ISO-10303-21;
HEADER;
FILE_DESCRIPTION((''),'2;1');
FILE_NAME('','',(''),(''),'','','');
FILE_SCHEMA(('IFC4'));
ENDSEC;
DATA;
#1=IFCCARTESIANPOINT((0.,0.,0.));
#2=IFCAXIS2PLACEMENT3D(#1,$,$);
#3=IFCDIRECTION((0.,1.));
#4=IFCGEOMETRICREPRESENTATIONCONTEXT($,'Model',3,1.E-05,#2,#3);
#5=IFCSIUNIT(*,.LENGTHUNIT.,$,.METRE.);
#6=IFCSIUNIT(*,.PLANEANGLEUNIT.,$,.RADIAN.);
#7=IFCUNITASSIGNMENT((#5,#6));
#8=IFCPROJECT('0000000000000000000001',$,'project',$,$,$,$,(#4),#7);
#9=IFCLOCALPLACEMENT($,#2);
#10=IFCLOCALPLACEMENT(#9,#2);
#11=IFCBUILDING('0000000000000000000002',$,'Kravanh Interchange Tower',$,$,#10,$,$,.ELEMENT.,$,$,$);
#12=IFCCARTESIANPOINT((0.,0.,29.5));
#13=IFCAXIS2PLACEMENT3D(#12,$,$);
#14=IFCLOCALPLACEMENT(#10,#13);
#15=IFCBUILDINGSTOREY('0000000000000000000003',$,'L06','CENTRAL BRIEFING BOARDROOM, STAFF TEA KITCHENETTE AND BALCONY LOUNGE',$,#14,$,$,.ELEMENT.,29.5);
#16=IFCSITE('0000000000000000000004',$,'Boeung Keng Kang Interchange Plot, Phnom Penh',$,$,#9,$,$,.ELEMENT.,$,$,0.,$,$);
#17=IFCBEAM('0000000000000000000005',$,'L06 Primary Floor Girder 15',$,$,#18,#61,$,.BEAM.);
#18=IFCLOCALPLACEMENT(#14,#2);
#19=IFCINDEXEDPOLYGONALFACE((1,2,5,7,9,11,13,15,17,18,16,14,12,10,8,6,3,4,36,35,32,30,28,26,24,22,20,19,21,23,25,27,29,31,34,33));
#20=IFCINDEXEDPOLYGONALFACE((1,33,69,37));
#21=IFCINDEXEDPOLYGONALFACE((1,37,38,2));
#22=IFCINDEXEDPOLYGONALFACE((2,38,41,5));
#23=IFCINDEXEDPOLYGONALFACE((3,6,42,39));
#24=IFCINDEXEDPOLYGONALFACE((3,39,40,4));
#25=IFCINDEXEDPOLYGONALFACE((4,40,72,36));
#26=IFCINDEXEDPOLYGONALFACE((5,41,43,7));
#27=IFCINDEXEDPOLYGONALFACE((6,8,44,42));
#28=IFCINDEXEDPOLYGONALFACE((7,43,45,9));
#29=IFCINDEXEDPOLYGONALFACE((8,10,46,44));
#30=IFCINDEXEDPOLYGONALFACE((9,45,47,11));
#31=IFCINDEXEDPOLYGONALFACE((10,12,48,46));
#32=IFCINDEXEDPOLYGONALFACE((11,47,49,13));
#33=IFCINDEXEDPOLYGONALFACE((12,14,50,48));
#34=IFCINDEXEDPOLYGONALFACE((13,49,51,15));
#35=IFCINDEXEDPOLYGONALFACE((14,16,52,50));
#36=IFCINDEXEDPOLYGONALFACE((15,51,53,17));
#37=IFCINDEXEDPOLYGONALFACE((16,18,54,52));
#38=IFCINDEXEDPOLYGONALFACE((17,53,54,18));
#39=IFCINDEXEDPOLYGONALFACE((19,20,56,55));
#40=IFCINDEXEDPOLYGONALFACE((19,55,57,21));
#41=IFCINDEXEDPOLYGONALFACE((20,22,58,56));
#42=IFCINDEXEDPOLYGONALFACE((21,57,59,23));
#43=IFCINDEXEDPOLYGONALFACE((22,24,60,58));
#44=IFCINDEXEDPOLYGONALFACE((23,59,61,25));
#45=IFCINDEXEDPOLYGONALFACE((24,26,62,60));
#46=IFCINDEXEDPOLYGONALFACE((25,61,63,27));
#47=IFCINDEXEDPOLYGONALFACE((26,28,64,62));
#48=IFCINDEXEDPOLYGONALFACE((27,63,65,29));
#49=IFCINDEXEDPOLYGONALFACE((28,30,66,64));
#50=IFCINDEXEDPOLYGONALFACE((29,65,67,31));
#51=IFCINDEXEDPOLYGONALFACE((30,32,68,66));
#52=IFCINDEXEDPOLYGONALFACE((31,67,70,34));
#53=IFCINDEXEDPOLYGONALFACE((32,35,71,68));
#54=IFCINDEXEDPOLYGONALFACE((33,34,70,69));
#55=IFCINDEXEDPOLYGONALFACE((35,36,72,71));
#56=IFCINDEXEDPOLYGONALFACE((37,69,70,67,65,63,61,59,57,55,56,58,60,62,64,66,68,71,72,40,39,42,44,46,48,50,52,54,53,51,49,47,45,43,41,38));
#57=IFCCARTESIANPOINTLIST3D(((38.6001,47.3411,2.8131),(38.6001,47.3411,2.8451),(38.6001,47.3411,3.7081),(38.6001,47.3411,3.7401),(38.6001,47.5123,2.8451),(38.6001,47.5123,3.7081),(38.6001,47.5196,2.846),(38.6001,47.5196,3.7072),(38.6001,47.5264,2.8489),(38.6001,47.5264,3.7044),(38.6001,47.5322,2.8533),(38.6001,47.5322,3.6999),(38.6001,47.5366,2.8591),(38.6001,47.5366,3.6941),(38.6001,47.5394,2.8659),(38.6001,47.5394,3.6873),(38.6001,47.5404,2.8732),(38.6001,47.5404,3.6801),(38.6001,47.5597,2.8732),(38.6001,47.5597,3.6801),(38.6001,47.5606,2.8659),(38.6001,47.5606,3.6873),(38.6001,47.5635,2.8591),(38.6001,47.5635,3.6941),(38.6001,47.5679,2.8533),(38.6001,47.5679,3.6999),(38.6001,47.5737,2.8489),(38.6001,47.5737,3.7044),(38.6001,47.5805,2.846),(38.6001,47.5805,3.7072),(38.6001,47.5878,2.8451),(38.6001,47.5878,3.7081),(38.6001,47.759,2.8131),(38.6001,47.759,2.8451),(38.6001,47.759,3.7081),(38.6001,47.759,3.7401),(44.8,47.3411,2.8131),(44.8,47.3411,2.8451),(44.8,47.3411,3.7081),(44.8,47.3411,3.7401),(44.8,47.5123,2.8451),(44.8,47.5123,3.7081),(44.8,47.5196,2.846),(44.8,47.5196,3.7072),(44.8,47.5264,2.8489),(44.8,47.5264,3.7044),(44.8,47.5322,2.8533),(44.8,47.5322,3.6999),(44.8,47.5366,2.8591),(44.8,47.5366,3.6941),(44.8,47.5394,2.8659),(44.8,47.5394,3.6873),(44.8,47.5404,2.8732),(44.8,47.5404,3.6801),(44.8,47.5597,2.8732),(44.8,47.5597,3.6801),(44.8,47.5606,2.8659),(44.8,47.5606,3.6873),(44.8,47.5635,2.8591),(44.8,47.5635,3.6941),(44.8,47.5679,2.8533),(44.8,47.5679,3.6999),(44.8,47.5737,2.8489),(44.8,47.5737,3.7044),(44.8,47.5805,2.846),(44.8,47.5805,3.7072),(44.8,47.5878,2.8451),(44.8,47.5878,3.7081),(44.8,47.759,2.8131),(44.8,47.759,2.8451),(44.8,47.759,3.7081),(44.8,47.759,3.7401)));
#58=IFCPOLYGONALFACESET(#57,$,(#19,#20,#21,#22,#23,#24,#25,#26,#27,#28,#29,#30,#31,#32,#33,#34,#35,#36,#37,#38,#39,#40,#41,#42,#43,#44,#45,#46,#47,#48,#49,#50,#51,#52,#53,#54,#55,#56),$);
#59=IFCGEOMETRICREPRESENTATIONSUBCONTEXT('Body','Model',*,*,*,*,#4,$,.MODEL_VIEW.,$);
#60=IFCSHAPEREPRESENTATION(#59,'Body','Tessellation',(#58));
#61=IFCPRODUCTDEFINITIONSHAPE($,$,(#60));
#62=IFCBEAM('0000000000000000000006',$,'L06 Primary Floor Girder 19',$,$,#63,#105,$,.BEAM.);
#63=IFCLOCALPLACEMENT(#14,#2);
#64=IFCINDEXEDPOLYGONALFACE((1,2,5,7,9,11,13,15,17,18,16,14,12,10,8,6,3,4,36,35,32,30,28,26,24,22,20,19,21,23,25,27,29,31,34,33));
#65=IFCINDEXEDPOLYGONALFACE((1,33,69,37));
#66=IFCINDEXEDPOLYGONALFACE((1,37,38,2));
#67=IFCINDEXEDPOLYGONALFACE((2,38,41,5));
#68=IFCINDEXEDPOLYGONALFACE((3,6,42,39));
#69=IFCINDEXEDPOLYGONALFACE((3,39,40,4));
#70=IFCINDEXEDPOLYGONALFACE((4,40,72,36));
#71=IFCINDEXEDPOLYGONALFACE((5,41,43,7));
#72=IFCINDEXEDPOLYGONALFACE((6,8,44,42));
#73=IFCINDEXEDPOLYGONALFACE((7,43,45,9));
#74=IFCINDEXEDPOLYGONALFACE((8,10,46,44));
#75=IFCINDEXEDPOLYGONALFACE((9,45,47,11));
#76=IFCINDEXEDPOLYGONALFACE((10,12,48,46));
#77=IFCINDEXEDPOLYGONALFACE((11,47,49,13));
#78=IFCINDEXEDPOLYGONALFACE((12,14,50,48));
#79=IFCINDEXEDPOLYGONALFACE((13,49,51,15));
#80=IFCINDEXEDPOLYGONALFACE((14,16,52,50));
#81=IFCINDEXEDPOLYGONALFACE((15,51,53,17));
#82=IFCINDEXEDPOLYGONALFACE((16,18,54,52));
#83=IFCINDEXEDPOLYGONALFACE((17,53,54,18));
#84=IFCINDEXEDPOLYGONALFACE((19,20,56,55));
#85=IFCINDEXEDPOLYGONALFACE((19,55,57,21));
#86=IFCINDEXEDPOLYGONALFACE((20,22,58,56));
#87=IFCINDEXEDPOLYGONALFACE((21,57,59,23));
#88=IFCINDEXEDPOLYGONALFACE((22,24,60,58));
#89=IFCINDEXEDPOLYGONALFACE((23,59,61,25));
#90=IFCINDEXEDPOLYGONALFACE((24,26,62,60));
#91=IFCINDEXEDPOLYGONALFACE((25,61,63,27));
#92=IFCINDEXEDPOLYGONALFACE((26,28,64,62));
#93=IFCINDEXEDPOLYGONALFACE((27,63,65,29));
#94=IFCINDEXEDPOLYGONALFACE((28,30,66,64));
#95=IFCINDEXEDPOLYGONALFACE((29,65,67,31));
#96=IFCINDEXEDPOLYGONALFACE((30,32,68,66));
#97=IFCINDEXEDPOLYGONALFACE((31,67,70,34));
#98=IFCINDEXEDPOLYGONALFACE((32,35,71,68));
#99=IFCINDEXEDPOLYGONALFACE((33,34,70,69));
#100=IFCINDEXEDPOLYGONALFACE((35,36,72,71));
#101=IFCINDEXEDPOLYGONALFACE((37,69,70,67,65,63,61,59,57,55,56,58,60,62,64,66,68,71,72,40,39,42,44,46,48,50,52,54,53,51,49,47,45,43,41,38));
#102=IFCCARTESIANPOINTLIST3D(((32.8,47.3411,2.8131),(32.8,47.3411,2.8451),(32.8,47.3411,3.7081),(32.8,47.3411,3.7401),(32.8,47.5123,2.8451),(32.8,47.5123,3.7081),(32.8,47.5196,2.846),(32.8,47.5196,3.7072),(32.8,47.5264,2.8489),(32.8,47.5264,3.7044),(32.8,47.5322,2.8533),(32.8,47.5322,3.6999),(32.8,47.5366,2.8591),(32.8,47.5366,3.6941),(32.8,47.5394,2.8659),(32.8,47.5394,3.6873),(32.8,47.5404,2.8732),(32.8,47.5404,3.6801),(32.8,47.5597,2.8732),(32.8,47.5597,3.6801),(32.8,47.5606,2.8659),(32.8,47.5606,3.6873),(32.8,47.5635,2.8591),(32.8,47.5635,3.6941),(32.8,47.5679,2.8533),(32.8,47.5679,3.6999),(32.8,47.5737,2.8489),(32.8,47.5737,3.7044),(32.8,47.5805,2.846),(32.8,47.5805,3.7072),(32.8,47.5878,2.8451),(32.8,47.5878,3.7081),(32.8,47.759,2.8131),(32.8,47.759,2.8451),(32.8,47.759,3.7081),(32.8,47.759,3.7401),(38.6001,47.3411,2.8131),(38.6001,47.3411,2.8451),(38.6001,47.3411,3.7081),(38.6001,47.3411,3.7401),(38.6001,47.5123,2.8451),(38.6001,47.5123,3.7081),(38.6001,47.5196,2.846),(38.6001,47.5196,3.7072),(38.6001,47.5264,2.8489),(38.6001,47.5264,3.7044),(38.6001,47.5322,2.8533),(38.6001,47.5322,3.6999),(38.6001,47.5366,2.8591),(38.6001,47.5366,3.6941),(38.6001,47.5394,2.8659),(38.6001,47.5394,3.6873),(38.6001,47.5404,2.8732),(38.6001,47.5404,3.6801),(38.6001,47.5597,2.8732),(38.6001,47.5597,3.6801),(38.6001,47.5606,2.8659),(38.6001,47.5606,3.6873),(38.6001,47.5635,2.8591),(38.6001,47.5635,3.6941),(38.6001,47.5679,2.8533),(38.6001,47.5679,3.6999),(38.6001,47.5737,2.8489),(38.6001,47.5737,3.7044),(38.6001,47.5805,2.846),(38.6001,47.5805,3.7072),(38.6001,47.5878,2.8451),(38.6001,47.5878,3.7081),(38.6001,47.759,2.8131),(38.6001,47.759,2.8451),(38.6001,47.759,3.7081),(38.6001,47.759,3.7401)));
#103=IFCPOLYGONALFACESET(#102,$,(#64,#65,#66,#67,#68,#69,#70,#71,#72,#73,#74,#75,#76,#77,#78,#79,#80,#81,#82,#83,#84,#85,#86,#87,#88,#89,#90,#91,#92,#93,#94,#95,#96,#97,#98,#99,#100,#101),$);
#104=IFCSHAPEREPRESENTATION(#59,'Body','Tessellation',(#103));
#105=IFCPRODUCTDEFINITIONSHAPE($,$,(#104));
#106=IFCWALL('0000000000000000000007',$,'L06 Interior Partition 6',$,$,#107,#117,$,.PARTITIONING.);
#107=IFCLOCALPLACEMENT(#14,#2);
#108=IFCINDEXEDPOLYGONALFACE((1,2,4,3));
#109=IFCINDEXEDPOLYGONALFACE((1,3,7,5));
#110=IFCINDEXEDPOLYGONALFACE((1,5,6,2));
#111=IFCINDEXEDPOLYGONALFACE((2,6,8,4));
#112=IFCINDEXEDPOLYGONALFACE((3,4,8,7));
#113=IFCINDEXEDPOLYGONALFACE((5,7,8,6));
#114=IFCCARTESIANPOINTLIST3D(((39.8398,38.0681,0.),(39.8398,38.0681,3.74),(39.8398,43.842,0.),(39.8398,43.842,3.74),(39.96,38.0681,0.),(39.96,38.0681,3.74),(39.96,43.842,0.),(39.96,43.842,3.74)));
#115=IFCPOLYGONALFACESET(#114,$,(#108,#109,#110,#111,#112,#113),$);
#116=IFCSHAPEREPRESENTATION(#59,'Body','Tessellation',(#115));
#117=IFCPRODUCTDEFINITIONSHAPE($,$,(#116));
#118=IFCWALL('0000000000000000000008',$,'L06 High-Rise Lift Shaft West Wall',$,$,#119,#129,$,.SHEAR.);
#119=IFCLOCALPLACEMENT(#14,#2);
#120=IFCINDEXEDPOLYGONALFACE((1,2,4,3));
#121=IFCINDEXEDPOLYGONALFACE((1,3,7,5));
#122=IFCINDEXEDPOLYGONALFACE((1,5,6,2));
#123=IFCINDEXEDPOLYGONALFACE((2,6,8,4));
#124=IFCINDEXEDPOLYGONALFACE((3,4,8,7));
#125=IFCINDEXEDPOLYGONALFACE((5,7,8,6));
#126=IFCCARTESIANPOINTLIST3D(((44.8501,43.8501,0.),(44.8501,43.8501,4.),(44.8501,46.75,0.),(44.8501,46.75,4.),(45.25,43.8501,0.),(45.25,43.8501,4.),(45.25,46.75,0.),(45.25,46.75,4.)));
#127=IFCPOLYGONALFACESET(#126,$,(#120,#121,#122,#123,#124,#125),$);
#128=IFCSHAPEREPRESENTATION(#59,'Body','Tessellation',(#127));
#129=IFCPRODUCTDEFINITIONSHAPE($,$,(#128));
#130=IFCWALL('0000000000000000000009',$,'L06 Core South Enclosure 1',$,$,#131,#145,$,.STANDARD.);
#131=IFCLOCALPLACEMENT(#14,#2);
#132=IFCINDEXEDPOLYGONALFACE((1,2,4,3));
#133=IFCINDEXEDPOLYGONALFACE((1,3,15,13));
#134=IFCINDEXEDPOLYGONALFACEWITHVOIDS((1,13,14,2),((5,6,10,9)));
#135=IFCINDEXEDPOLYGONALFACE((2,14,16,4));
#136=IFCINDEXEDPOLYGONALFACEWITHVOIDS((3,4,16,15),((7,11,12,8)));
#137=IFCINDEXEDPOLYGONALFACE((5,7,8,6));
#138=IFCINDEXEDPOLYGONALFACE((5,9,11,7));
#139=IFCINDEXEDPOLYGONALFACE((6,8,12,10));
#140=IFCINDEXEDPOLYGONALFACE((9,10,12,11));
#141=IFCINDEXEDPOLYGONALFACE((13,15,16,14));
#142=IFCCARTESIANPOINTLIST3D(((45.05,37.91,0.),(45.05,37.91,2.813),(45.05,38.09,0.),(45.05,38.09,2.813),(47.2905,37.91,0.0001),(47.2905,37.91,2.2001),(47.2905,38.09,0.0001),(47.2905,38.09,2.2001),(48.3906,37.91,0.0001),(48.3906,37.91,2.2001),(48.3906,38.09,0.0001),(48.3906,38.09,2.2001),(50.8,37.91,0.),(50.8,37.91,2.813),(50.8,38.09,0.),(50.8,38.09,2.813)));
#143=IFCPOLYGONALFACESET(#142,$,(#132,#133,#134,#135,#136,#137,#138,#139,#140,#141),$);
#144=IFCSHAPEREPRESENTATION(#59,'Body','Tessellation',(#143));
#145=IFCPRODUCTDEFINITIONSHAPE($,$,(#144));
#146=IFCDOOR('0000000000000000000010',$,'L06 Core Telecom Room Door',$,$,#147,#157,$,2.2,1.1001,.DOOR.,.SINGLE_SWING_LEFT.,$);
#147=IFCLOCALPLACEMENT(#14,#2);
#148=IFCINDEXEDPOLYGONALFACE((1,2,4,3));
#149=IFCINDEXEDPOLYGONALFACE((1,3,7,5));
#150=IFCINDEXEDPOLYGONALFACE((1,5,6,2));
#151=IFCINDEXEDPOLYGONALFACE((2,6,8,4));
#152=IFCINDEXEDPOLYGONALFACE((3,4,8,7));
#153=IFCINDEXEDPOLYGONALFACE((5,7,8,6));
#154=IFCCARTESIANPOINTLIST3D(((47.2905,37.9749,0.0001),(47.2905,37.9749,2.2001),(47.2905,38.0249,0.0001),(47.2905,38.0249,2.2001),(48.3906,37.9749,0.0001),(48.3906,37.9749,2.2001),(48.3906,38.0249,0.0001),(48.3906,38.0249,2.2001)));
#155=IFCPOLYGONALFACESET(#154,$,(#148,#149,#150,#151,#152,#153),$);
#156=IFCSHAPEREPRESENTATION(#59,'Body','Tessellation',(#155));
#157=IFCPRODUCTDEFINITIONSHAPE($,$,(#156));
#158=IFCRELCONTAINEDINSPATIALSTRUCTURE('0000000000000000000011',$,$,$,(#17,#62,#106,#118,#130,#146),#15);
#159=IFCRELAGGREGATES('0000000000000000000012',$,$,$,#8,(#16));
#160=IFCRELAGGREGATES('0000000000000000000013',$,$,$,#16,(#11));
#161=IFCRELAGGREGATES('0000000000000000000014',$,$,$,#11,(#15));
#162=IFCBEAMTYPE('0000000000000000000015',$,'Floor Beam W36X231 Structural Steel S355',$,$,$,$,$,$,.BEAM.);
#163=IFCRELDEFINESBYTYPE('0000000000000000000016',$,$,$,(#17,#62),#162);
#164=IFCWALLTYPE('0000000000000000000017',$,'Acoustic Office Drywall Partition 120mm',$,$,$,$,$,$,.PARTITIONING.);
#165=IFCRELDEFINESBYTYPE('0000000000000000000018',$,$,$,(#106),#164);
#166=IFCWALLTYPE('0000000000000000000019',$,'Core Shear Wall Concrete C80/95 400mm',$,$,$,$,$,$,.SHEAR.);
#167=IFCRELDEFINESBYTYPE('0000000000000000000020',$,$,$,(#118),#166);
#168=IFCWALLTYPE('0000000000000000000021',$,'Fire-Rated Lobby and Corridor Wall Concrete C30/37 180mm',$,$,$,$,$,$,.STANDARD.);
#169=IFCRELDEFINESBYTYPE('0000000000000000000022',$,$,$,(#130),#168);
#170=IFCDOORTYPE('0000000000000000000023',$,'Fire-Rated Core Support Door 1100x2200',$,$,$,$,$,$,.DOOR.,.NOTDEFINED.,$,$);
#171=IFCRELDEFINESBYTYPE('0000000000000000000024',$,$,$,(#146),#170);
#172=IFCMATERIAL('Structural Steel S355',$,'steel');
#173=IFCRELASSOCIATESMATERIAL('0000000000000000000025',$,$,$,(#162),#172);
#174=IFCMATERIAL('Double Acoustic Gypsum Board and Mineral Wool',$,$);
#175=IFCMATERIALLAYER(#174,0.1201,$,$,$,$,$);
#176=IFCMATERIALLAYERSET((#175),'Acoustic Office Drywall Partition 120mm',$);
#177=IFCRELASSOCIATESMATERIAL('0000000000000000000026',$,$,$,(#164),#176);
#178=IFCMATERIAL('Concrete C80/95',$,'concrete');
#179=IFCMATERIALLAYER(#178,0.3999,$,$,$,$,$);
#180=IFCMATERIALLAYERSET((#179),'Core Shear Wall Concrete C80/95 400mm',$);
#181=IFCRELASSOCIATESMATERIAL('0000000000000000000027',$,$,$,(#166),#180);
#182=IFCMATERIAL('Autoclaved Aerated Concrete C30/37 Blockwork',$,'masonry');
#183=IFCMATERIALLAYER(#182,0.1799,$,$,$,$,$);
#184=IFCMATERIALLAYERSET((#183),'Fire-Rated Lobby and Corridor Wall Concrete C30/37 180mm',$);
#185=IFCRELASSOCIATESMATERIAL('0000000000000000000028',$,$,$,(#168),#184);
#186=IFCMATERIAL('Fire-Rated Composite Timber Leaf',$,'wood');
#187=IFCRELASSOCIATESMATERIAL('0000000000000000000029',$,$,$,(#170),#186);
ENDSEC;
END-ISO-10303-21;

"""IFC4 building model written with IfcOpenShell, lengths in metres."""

from ifc_helpers import new_model, si_unit, direction, frame, frame_2d, origin, origin_2d, place, context, subcontext, project, spatial, rectangle, i_section, extrude, material, layer, layer_set, material_profile, profile_set, type_object, element, fill, save


model = new_model("IFC4")

# Units and contexts
model_context = context("Model", 3, precision=1e-05, world=origin(), true_north=direction((0.0, 1.0)))
body_context = subcontext(model_context, "Body", "Model", "MODEL_VIEW")
ifc_project = project(units=[si_unit("LENGTHUNIT", "METRE"), si_unit("PLANEANGLEUNIT", "RADIAN")], contexts=[model_context])

# Site, building, storey
site_placement = place(None, origin())
site = spatial("IfcSite", under=ifc_project, at=site_placement, Name="Boeung Keng Kang Interchange Plot, Phnom Penh", CompositionType="ELEMENT", RefElevation=0.0)
building_placement = place(site_placement, origin())
building = spatial("IfcBuilding", under=site, at=building_placement, Name="Kravanh Interchange Tower", CompositionType="ELEMENT")
storey_placement = place(building_placement, frame((0.0, 0.0, 29.5)))
storey = spatial("IfcBuildingStorey", under=building, at=storey_placement, Name="L06", Description="CENTRAL BRIEFING BOARDROOM, STAFF TEA KITCHENETTE AND BALCONY LOUNGE", CompositionType="ELEMENT", Elevation=29.5)

# Beams
ifc_material_1 = material(Name="Structural Steel S355", Category="steel")
ifc_material_profile_1 = material_profile(ifc_material_1, i_section(OverallWidth=0.418, OverallDepth=0.927, WebThickness=0.0193, FlangeThickness=0.032, FilletRadius=0.0281, at=origin_2d()), Name="W36X231")
ifc_profile_set_1 = profile_set([ifc_material_profile_1], Name="Structural Steel S355")
beam_type = type_object("IfcBeamType", Name="Floor Beam W36X231 Structural Steel S355", PredefinedType="BEAM", material=ifc_profile_set_1)
beam_1_placement = place(storey_placement, frame((44.8, 47.55, 3.2766), z_axis=(-1.0, 0.0, 0.0), x_axis=(0.0, -1.0, 0.0)))
element("IfcBeam", 1, at=beam_1_placement, inside=storey, type_object=beam_type, Name="L06 Primary Floor Girder 15", PredefinedType="BEAM", context=body_context, shape_type="SweptSolid", body=[
    extrude(i_section(OverallWidth=0.418, OverallDepth=0.927, WebThickness=0.0193, FlangeThickness=0.032, FilletRadius=0.0281, at=origin_2d()), origin(), (0.0, 0.0, 1.0), 6.2),
])
beam_2_placement = place(storey_placement, frame((38.6001, 47.55, 3.2766), z_axis=(-1.0, 0.0, 0.0), x_axis=(0.0, -1.0, 0.0)))
element("IfcBeam", 2, at=beam_2_placement, inside=storey, type_object=beam_type, Name="L06 Primary Floor Girder 19", PredefinedType="BEAM", context=body_context, shape_type="SweptSolid", body=[
    extrude(i_section(OverallWidth=0.418, OverallDepth=0.927, WebThickness=0.0193, FlangeThickness=0.032, FilletRadius=0.0281, at=origin_2d()), origin(), (0.0, 0.0, 1.0), 5.8),
])

# Walls
ifc_material_2 = material(Name="Double Acoustic Gypsum Board and Mineral Wool")
ifc_layer_1 = layer(ifc_material_2, 0.1201)
ifc_layer_set_1 = layer_set([ifc_layer_1], Name="Acoustic Office Drywall Partition 120mm")
wall_type_1 = type_object("IfcWallType", Name="Acoustic Office Drywall Partition 120mm", PredefinedType="PARTITIONING", material=ifc_layer_set_1)
wall_1_placement = place(storey_placement, frame((39.8999, 38.0681, 0.0), z_axis=(0.0, 0.0, 1.0), x_axis=(0.0, 1.0, 0.0)))
element("IfcWall", 3, at=wall_1_placement, inside=storey, type_object=wall_type_1, Name="L06 Interior Partition 6", PredefinedType="PARTITIONING", context=body_context, shape_type="SweptSolid", body=[
    extrude(rectangle(XDim=5.7739, YDim=0.1201, at=frame_2d((2.887, 0.0))), origin(), (0.0, 0.0, 1.0), 3.74),
])
ifc_material_3 = material(Name="Concrete C80/95", Category="concrete")
ifc_layer_2 = layer(ifc_material_3, 0.3999)
ifc_layer_set_2 = layer_set([ifc_layer_2], Name="Core Shear Wall Concrete C80/95 400mm")
wall_type_2 = type_object("IfcWallType", Name="Core Shear Wall Concrete C80/95 400mm", PredefinedType="SHEAR", material=ifc_layer_set_2)
wall_2_placement = place(storey_placement, frame((45.05, 43.8501, 0.0), z_axis=(0.0, 0.0, 1.0), x_axis=(0.0, 1.0, 0.0)))
element("IfcWall", 4, at=wall_2_placement, inside=storey, type_object=wall_type_2, Name="L06 High-Rise Lift Shaft West Wall", PredefinedType="SHEAR", context=body_context, shape_type="SweptSolid", body=[
    extrude(rectangle(XDim=2.8999, YDim=0.3999, at=frame_2d((1.45, 0.0))), origin(), (0.0, 0.0, 1.0), 4.0),
])

# Wall, opening, door
ifc_material_4 = material(Name="Autoclaved Aerated Concrete C30/37 Blockwork", Category="masonry")
ifc_layer_3 = layer(ifc_material_4, 0.1799)
ifc_layer_set_3 = layer_set([ifc_layer_3], Name="Fire-Rated Lobby and Corridor Wall Concrete C30/37 180mm")
wall_type_3 = type_object("IfcWallType", Name="Fire-Rated Lobby and Corridor Wall Concrete C30/37 180mm", PredefinedType="STANDARD", material=ifc_layer_set_3)
wall_3_placement = place(storey_placement, frame((45.05, 38.0, 0.0), z_axis=(0.0, 0.0, 1.0), x_axis=(1.0, 0.0, 0.0)))
wall_3 = element("IfcWall", 5, at=wall_3_placement, inside=storey, type_object=wall_type_3, Name="L06 Core South Enclosure 1", PredefinedType="STANDARD", context=body_context, shape_type="SweptSolid", body=[
    extrude(rectangle(XDim=5.75, YDim=0.1799, at=frame_2d((2.875, 0.0))), origin(), (0.0, 0.0, 1.0), 2.813),
])
opening_1_placement = place(wall_3_placement, frame((2.2405, 0.0, 0.0)))
opening_1 = element("IfcOpeningElement", 6, at=opening_1_placement, cuts=wall_3, PredefinedType="OPENING", context=body_context, shape_type="SweptSolid", body=[
    extrude(rectangle(XDim=1.1001, YDim=2.2, at=frame_2d((0.55, 1.1001))), frame((0.0, 0.1001, 0.0), z_axis=(0.0, -1.0, 0.0), x_axis=(1.0, 0.0, 0.0)), (0.0, 0.0, 1.0), 0.2),
])
ifc_material_5 = material(Name="Fire-Rated Composite Timber Leaf", Category="wood")
door_type_1 = type_object("IfcDoorType", Name="Fire-Rated Core Support Door 1100x2200", OperationType="NOTDEFINED", PredefinedType="DOOR", material=ifc_material_5)
door_1_placement = place(opening_1_placement, origin())
door_1 = element("IfcDoor", 7, at=door_1_placement, inside=storey, type_object=door_type_1, Name="L06 Core Telecom Room Door", OperationType="SINGLE_SWING_LEFT", OverallHeight=2.2, OverallWidth=1.1001, PredefinedType="DOOR", context=body_context, shape_type="SweptSolid", body=[
    extrude(rectangle(XDim=1.1001, YDim=2.2, at=frame_2d((0.55, 1.1001))), frame((0.0, 0.0249, 0.0), z_axis=(0.0, -1.0, 0.0), x_axis=(1.0, 0.0, 0.0)), (0.0, 0.0, 1.0), 0.05),
])
fill(opening_1, door_1)

save(model, "model.ifc")
